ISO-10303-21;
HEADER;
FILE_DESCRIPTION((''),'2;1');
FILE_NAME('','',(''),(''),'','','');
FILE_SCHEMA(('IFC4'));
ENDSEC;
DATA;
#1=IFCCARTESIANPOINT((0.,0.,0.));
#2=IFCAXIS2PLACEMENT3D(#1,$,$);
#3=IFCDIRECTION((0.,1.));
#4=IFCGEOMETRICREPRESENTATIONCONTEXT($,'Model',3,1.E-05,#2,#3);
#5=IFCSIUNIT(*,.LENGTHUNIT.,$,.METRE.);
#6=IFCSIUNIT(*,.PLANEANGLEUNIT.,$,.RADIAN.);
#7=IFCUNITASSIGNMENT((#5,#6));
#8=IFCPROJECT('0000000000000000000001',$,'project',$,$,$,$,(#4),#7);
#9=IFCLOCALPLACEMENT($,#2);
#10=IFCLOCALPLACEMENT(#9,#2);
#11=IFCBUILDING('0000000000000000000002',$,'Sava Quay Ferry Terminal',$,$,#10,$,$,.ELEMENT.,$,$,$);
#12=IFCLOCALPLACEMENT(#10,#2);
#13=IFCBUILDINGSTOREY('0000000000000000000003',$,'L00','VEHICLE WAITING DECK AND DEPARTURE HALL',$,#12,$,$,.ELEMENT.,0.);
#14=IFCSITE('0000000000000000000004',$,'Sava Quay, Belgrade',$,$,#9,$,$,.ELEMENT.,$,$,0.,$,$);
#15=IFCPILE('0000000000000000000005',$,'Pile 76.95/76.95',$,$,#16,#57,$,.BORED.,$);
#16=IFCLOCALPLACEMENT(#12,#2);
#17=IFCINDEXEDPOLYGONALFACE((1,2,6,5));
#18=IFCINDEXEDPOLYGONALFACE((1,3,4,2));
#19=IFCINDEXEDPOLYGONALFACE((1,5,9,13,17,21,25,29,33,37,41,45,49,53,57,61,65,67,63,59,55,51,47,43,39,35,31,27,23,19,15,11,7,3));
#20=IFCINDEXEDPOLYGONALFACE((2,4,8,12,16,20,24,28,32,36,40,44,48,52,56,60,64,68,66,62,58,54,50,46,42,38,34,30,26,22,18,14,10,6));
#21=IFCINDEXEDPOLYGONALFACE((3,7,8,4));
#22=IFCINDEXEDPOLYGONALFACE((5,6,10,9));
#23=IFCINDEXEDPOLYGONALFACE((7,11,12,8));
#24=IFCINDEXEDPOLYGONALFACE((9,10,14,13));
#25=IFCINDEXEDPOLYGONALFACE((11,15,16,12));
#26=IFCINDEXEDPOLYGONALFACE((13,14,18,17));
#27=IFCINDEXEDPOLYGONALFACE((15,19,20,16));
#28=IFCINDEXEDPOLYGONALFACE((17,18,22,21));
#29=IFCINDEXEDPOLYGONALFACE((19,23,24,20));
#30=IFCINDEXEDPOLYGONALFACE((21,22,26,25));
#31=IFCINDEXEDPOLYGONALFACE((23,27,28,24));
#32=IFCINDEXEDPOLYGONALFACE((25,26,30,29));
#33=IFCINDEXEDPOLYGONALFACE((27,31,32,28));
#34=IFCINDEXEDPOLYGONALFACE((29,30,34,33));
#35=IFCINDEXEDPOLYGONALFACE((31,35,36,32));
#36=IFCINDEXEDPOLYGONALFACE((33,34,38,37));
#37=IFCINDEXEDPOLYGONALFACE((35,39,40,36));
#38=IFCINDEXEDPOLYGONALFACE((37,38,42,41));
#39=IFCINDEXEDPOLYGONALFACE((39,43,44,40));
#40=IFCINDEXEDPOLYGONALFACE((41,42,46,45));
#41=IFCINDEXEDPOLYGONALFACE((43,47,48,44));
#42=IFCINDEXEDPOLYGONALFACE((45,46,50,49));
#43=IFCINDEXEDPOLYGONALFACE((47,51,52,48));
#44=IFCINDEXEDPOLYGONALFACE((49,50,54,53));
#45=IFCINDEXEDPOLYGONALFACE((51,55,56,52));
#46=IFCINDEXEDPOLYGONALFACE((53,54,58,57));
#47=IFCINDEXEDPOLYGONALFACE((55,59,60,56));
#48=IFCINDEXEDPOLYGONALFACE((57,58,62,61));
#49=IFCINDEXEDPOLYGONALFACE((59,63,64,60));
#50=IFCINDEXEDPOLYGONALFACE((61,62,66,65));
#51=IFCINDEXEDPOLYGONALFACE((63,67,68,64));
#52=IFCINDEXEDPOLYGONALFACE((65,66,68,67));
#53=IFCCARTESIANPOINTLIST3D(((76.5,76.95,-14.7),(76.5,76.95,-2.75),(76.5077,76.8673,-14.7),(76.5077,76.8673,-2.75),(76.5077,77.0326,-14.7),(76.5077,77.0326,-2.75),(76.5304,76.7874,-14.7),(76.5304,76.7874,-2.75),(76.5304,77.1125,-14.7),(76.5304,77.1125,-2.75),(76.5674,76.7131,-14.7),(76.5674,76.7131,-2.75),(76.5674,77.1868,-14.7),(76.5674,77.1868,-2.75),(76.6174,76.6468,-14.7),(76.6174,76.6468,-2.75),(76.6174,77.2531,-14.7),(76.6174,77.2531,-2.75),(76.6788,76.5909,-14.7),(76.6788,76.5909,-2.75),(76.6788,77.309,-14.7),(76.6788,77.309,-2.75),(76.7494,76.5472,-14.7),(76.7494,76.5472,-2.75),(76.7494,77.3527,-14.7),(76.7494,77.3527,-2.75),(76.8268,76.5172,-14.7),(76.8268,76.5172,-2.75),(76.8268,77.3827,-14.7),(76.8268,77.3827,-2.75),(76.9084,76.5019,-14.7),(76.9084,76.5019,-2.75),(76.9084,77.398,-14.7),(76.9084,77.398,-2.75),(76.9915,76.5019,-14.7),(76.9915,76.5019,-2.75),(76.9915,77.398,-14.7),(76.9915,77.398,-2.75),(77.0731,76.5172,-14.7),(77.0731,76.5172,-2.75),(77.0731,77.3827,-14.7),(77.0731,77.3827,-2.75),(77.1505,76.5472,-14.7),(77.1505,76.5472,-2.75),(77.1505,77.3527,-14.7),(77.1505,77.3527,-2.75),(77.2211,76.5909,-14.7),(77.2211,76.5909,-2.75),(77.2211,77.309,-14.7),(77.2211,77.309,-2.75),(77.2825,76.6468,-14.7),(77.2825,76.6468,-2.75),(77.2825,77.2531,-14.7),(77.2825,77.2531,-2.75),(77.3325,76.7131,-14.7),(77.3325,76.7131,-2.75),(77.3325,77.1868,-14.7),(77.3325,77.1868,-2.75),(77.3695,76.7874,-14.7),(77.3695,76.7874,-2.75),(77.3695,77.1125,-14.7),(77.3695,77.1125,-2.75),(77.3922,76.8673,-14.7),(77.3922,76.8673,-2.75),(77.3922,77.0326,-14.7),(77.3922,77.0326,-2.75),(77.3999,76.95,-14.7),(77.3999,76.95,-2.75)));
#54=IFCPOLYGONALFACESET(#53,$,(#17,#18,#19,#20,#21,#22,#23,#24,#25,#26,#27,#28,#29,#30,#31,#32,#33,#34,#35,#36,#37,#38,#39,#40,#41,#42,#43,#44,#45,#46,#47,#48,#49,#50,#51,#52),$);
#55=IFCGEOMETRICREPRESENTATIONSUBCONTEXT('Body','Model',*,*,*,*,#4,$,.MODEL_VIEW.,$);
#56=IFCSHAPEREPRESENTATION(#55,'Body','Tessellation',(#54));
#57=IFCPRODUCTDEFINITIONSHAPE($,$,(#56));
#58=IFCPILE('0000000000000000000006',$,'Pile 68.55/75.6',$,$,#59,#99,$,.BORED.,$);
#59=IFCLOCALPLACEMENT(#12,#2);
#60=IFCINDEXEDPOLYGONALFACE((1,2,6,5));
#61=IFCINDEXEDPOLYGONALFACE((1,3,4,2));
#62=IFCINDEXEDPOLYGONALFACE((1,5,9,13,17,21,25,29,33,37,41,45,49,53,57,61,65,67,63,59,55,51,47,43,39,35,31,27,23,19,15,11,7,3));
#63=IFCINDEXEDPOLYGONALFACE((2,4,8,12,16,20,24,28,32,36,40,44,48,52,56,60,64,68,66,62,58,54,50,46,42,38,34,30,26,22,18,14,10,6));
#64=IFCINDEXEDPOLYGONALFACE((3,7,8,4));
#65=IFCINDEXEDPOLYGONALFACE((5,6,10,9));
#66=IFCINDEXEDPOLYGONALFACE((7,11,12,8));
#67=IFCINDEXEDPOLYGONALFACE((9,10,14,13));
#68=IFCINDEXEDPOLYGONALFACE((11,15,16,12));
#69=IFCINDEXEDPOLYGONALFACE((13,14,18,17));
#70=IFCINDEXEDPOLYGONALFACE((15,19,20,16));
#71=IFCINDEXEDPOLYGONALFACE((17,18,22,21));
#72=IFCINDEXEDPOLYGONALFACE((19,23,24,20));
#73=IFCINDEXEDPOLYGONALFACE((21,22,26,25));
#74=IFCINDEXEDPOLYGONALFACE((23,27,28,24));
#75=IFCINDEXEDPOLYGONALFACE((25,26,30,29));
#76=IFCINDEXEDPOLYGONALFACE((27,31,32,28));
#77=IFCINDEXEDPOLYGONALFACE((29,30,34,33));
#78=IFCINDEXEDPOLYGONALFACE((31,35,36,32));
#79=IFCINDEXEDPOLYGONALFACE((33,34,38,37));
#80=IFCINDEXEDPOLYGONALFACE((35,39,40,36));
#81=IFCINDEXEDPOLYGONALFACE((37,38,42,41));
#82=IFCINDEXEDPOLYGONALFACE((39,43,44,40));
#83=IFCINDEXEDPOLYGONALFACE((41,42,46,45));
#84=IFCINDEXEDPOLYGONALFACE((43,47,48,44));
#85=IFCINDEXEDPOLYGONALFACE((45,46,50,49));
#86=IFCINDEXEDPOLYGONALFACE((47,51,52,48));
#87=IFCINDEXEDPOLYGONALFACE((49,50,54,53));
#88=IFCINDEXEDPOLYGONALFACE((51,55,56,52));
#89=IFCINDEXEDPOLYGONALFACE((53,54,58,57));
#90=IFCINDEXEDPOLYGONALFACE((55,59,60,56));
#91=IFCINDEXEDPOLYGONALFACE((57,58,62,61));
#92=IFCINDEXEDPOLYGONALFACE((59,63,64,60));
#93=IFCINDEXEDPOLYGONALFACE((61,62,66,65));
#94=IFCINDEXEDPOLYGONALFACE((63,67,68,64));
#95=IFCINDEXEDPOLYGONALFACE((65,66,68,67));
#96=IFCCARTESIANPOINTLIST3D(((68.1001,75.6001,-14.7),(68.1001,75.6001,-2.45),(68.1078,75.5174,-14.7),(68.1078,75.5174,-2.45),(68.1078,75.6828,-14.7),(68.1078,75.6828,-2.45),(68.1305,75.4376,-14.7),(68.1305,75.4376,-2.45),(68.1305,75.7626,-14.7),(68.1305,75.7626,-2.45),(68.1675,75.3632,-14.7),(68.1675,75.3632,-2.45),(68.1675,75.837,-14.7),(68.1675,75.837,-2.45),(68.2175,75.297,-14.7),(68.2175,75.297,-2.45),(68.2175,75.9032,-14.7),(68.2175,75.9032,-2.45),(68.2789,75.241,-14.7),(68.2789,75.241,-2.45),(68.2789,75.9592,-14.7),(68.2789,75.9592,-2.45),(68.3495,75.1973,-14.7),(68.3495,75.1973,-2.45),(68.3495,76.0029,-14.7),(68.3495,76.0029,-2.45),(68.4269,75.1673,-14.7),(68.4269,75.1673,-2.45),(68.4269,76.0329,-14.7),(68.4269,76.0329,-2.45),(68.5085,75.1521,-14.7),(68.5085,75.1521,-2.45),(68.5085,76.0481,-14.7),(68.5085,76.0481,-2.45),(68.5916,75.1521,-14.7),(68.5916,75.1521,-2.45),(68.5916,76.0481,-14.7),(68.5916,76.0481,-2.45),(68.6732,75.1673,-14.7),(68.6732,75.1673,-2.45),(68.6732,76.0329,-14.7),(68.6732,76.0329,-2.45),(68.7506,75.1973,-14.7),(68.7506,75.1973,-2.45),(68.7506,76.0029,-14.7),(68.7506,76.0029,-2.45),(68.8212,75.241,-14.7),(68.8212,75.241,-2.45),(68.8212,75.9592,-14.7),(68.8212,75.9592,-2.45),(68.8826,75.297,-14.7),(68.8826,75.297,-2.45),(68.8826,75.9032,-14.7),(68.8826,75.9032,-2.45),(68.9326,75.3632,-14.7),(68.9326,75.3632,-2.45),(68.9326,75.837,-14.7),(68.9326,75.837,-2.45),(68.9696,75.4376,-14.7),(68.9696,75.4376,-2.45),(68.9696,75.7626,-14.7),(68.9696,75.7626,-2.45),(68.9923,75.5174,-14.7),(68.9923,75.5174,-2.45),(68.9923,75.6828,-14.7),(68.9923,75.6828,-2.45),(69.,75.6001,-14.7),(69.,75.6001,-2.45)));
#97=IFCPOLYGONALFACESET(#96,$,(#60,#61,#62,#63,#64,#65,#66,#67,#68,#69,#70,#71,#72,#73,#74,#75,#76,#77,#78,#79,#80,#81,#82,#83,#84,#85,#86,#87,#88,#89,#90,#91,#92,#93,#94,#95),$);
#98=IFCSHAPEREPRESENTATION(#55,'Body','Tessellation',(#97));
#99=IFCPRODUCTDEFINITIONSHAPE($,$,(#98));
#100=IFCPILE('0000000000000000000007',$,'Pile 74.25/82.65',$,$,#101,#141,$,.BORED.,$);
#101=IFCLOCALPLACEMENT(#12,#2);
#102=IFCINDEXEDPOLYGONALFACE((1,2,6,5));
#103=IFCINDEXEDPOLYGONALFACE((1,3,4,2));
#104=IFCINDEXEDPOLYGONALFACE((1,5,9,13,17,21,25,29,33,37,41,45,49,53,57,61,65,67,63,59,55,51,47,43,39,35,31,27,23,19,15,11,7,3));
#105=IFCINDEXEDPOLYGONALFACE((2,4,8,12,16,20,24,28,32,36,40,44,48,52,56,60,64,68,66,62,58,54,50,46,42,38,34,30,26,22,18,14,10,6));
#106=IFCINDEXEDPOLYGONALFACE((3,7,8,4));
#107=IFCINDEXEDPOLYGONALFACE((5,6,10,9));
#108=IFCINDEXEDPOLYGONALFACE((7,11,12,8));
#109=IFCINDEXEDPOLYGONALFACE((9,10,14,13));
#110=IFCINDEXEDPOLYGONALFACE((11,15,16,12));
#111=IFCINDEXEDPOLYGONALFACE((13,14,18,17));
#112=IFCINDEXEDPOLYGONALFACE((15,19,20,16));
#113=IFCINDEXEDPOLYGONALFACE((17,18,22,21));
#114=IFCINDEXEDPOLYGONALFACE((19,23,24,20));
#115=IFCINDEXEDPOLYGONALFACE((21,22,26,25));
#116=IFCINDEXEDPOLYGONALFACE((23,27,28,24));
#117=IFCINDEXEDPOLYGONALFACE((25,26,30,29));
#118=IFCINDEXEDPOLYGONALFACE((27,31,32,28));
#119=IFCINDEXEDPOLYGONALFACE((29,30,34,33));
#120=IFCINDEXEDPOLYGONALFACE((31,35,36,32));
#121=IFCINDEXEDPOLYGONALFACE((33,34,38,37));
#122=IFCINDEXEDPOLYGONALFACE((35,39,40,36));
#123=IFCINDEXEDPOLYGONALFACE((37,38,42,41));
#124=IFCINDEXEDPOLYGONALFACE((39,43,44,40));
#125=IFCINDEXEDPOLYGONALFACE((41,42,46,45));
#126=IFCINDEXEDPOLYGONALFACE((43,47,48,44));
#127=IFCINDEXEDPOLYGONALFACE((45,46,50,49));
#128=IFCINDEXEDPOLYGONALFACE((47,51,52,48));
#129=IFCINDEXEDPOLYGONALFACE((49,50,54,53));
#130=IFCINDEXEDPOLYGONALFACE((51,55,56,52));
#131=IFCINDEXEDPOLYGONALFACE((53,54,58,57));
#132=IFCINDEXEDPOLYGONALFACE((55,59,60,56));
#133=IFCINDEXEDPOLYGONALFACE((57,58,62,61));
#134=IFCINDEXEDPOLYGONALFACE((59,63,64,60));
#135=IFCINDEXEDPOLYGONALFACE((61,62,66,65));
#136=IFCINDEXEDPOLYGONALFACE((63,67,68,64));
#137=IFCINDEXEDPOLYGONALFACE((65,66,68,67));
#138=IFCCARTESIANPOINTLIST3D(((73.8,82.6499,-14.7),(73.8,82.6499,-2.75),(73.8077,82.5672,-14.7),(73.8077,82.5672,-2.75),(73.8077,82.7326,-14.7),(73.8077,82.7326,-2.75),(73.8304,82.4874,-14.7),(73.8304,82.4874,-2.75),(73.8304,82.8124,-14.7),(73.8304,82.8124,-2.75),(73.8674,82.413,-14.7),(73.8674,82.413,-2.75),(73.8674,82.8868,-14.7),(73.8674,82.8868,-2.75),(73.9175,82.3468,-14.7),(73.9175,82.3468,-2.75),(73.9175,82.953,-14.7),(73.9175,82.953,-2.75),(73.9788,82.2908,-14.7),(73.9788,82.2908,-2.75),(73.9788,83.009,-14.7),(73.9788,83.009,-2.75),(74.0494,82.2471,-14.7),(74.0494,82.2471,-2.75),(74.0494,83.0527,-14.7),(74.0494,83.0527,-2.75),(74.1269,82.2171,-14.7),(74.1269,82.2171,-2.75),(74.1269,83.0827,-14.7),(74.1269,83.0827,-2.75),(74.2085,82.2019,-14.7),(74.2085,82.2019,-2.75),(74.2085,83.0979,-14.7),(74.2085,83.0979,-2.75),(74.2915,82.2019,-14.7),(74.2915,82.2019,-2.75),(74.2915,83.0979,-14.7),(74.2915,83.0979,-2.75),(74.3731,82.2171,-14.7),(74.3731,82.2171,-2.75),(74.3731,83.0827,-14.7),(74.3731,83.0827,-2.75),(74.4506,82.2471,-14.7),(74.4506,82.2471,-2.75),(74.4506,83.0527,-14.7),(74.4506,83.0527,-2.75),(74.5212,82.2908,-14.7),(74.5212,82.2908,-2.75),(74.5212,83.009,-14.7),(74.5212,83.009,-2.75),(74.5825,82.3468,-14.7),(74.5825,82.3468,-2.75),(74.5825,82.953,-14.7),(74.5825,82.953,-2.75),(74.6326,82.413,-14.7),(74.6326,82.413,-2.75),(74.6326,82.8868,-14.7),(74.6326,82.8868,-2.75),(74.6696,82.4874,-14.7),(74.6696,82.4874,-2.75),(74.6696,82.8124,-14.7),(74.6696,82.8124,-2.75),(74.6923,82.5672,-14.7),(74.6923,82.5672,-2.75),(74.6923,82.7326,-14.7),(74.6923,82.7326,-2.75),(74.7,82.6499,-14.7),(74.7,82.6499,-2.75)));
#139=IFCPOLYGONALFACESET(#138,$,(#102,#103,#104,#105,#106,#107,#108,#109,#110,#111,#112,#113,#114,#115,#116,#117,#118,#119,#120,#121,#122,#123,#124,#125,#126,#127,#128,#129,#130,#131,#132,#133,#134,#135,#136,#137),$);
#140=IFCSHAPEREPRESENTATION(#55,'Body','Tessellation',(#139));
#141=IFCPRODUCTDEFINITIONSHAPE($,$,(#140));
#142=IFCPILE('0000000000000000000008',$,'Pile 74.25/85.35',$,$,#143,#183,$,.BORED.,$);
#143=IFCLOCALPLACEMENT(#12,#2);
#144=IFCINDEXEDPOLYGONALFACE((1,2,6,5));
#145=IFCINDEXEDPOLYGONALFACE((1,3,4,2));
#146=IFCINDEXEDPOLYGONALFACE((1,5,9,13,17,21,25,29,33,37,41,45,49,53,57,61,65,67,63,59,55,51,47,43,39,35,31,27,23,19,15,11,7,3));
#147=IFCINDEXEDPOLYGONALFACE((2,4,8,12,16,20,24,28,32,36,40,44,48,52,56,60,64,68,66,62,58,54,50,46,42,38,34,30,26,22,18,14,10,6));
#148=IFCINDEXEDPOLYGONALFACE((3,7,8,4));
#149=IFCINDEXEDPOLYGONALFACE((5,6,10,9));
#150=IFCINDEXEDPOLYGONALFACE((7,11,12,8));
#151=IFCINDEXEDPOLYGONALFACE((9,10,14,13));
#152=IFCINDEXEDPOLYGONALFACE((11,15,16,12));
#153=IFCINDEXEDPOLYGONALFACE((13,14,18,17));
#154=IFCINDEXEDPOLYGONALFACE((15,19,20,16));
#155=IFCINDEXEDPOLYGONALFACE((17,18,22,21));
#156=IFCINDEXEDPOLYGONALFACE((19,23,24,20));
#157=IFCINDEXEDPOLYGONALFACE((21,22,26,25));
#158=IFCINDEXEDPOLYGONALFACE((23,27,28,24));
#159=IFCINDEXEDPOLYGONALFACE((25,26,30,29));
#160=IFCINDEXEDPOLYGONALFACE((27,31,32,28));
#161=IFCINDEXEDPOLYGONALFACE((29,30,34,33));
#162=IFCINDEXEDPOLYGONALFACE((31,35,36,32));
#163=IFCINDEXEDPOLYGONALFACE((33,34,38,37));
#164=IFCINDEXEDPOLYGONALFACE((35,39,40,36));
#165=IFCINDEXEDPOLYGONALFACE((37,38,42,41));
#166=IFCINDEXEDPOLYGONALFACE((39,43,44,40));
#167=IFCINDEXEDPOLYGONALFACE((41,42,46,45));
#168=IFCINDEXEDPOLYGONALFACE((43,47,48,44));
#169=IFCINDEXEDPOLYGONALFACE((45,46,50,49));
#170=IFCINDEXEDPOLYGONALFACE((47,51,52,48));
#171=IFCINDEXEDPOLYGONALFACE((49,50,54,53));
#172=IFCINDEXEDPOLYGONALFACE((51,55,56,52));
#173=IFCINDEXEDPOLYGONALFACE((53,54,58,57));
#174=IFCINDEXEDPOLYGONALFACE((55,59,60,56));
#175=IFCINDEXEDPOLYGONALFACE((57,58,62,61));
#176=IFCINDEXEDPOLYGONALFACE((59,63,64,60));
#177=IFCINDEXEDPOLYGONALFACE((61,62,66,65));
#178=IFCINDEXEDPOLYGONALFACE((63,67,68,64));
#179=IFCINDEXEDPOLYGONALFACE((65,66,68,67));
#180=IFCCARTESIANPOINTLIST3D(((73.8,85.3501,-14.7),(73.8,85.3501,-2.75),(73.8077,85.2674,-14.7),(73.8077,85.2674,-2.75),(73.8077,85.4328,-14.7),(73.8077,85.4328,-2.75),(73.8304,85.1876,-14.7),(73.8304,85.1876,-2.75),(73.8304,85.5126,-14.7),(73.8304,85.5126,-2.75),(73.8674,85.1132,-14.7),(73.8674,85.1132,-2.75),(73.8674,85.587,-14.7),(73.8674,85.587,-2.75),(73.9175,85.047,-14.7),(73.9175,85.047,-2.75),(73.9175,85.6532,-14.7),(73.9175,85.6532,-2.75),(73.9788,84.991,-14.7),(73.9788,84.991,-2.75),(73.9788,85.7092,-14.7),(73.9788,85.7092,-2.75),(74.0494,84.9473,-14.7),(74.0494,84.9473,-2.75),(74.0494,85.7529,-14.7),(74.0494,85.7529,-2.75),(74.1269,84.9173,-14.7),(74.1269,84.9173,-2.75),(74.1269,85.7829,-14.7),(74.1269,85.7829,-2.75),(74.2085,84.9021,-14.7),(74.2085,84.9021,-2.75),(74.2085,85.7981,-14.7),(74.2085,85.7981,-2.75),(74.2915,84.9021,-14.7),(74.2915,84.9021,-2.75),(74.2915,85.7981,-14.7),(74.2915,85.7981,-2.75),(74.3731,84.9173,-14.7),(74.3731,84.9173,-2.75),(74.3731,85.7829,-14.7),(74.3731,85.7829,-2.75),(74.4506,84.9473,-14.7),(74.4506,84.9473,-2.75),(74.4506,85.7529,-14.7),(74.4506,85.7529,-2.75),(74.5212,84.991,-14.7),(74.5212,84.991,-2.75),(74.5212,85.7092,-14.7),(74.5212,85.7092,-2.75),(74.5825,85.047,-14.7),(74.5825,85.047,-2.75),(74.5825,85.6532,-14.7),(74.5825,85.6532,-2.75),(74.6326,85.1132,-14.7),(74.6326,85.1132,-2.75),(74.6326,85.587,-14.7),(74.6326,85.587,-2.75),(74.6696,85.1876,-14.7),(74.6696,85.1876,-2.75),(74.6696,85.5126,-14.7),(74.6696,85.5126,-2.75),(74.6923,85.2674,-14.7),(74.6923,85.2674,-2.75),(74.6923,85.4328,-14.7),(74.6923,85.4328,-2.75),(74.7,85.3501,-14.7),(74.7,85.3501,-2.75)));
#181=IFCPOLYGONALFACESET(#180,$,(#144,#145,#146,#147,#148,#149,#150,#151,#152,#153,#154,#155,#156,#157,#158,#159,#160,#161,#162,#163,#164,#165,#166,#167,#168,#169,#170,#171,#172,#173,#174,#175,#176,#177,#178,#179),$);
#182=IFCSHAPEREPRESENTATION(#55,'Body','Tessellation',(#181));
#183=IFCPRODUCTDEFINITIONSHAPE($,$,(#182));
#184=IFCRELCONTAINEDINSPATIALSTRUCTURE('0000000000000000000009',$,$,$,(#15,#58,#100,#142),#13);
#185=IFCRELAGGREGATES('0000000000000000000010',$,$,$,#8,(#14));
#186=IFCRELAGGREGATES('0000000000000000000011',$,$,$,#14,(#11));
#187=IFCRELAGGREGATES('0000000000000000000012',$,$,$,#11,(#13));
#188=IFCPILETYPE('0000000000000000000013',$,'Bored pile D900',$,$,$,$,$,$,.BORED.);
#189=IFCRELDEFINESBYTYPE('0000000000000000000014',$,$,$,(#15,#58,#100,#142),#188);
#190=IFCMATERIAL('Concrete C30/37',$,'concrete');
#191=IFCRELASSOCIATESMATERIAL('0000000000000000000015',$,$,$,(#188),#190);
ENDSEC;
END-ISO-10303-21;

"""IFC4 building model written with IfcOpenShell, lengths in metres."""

from ifc_helpers import new_model, si_unit, direction, frame, origin, origin_2d, place, context, subcontext, project, spatial, circle, extrude, material, material_profile, profile_set, type_object, element, save


model = new_model("IFC4")

# Units and contexts
model_context = context("Model", 3, precision=1e-05, world=origin(), true_north=direction((0.0, 1.0)))
body_context = subcontext(model_context, "Body", "Model", "MODEL_VIEW")
ifc_project = project(units=[si_unit("LENGTHUNIT", "METRE"), si_unit("PLANEANGLEUNIT", "RADIAN")], contexts=[model_context])

# Site, building, storey
site_placement = place(None, origin())
site = spatial("IfcSite", under=ifc_project, at=site_placement, Name="Sava Quay, Belgrade", CompositionType="ELEMENT", RefElevation=0.0)
building_placement = place(site_placement, origin())
building = spatial("IfcBuilding", under=site, at=building_placement, Name="Sava Quay Ferry Terminal", CompositionType="ELEMENT")
storey_placement = place(building_placement, origin())
storey = spatial("IfcBuildingStorey", under=building, at=storey_placement, Name="L00", Description="VEHICLE WAITING DECK AND DEPARTURE HALL", CompositionType="ELEMENT", Elevation=0.0)

# Piles
ifc_material_1 = material(Name="Concrete C30/37", Category="concrete")
ifc_material_profile_1 = material_profile(ifc_material_1, circle(Radius=0.45, at=origin_2d()), Name="Bored pile D900")
ifc_profile_set_1 = profile_set([ifc_material_profile_1], Name="Concrete C30/37")
pile_type = type_object("IfcPileType", Name="Bored pile D900", PredefinedType="BORED", material=ifc_profile_set_1)
for number, where, z_axis, x_axis, name in (
    (1, (76.95, 76.95, -2.75), (0.0, 0.0, -1.0), (1.0, 0.0, 0.0), "Pile 76.95/76.95"),
):
    element("IfcPile", number, at=place(storey_placement, frame(where, z_axis=z_axis, x_axis=x_axis)), inside=storey, type_object=pile_type, Name=name, PredefinedType="BORED", context=body_context, shape_type="SweptSolid", body=[
        extrude(circle(Radius=0.45, at=origin_2d()), origin(), (0.0, 0.0, 1.0), 11.95),
    ])
pile_placement = place(storey_placement, frame((68.55, 75.6001, -2.45), z_axis=(0.0, 0.0, -1.0), x_axis=(1.0, 0.0, 0.0)))
element("IfcPile", 2, at=pile_placement, inside=storey, type_object=pile_type, Name="Pile 68.55/75.6", PredefinedType="BORED", context=body_context, shape_type="SweptSolid", body=[
    extrude(circle(Radius=0.45, at=origin_2d()), origin(), (0.0, 0.0, 1.0), 12.25),
])
for number, where, z_axis, x_axis, name in (
    (3, (74.25, 82.6499, -2.75), (0.0, 0.0, -1.0), (1.0, 0.0, 0.0), "Pile 74.25/82.65"),
    (4, (74.25, 85.3501, -2.75), (0.0, 0.0, -1.0), (1.0, 0.0, 0.0), "Pile 74.25/85.35"),
):
    element("IfcPile", number, at=place(storey_placement, frame(where, z_axis=z_axis, x_axis=x_axis)), inside=storey, type_object=pile_type, Name=name, PredefinedType="BORED", context=body_context, shape_type="SweptSolid", body=[
        extrude(circle(Radius=0.45, at=origin_2d()), origin(), (0.0, 0.0, 1.0), 11.95),
    ])

save(model, "model.ifc")
